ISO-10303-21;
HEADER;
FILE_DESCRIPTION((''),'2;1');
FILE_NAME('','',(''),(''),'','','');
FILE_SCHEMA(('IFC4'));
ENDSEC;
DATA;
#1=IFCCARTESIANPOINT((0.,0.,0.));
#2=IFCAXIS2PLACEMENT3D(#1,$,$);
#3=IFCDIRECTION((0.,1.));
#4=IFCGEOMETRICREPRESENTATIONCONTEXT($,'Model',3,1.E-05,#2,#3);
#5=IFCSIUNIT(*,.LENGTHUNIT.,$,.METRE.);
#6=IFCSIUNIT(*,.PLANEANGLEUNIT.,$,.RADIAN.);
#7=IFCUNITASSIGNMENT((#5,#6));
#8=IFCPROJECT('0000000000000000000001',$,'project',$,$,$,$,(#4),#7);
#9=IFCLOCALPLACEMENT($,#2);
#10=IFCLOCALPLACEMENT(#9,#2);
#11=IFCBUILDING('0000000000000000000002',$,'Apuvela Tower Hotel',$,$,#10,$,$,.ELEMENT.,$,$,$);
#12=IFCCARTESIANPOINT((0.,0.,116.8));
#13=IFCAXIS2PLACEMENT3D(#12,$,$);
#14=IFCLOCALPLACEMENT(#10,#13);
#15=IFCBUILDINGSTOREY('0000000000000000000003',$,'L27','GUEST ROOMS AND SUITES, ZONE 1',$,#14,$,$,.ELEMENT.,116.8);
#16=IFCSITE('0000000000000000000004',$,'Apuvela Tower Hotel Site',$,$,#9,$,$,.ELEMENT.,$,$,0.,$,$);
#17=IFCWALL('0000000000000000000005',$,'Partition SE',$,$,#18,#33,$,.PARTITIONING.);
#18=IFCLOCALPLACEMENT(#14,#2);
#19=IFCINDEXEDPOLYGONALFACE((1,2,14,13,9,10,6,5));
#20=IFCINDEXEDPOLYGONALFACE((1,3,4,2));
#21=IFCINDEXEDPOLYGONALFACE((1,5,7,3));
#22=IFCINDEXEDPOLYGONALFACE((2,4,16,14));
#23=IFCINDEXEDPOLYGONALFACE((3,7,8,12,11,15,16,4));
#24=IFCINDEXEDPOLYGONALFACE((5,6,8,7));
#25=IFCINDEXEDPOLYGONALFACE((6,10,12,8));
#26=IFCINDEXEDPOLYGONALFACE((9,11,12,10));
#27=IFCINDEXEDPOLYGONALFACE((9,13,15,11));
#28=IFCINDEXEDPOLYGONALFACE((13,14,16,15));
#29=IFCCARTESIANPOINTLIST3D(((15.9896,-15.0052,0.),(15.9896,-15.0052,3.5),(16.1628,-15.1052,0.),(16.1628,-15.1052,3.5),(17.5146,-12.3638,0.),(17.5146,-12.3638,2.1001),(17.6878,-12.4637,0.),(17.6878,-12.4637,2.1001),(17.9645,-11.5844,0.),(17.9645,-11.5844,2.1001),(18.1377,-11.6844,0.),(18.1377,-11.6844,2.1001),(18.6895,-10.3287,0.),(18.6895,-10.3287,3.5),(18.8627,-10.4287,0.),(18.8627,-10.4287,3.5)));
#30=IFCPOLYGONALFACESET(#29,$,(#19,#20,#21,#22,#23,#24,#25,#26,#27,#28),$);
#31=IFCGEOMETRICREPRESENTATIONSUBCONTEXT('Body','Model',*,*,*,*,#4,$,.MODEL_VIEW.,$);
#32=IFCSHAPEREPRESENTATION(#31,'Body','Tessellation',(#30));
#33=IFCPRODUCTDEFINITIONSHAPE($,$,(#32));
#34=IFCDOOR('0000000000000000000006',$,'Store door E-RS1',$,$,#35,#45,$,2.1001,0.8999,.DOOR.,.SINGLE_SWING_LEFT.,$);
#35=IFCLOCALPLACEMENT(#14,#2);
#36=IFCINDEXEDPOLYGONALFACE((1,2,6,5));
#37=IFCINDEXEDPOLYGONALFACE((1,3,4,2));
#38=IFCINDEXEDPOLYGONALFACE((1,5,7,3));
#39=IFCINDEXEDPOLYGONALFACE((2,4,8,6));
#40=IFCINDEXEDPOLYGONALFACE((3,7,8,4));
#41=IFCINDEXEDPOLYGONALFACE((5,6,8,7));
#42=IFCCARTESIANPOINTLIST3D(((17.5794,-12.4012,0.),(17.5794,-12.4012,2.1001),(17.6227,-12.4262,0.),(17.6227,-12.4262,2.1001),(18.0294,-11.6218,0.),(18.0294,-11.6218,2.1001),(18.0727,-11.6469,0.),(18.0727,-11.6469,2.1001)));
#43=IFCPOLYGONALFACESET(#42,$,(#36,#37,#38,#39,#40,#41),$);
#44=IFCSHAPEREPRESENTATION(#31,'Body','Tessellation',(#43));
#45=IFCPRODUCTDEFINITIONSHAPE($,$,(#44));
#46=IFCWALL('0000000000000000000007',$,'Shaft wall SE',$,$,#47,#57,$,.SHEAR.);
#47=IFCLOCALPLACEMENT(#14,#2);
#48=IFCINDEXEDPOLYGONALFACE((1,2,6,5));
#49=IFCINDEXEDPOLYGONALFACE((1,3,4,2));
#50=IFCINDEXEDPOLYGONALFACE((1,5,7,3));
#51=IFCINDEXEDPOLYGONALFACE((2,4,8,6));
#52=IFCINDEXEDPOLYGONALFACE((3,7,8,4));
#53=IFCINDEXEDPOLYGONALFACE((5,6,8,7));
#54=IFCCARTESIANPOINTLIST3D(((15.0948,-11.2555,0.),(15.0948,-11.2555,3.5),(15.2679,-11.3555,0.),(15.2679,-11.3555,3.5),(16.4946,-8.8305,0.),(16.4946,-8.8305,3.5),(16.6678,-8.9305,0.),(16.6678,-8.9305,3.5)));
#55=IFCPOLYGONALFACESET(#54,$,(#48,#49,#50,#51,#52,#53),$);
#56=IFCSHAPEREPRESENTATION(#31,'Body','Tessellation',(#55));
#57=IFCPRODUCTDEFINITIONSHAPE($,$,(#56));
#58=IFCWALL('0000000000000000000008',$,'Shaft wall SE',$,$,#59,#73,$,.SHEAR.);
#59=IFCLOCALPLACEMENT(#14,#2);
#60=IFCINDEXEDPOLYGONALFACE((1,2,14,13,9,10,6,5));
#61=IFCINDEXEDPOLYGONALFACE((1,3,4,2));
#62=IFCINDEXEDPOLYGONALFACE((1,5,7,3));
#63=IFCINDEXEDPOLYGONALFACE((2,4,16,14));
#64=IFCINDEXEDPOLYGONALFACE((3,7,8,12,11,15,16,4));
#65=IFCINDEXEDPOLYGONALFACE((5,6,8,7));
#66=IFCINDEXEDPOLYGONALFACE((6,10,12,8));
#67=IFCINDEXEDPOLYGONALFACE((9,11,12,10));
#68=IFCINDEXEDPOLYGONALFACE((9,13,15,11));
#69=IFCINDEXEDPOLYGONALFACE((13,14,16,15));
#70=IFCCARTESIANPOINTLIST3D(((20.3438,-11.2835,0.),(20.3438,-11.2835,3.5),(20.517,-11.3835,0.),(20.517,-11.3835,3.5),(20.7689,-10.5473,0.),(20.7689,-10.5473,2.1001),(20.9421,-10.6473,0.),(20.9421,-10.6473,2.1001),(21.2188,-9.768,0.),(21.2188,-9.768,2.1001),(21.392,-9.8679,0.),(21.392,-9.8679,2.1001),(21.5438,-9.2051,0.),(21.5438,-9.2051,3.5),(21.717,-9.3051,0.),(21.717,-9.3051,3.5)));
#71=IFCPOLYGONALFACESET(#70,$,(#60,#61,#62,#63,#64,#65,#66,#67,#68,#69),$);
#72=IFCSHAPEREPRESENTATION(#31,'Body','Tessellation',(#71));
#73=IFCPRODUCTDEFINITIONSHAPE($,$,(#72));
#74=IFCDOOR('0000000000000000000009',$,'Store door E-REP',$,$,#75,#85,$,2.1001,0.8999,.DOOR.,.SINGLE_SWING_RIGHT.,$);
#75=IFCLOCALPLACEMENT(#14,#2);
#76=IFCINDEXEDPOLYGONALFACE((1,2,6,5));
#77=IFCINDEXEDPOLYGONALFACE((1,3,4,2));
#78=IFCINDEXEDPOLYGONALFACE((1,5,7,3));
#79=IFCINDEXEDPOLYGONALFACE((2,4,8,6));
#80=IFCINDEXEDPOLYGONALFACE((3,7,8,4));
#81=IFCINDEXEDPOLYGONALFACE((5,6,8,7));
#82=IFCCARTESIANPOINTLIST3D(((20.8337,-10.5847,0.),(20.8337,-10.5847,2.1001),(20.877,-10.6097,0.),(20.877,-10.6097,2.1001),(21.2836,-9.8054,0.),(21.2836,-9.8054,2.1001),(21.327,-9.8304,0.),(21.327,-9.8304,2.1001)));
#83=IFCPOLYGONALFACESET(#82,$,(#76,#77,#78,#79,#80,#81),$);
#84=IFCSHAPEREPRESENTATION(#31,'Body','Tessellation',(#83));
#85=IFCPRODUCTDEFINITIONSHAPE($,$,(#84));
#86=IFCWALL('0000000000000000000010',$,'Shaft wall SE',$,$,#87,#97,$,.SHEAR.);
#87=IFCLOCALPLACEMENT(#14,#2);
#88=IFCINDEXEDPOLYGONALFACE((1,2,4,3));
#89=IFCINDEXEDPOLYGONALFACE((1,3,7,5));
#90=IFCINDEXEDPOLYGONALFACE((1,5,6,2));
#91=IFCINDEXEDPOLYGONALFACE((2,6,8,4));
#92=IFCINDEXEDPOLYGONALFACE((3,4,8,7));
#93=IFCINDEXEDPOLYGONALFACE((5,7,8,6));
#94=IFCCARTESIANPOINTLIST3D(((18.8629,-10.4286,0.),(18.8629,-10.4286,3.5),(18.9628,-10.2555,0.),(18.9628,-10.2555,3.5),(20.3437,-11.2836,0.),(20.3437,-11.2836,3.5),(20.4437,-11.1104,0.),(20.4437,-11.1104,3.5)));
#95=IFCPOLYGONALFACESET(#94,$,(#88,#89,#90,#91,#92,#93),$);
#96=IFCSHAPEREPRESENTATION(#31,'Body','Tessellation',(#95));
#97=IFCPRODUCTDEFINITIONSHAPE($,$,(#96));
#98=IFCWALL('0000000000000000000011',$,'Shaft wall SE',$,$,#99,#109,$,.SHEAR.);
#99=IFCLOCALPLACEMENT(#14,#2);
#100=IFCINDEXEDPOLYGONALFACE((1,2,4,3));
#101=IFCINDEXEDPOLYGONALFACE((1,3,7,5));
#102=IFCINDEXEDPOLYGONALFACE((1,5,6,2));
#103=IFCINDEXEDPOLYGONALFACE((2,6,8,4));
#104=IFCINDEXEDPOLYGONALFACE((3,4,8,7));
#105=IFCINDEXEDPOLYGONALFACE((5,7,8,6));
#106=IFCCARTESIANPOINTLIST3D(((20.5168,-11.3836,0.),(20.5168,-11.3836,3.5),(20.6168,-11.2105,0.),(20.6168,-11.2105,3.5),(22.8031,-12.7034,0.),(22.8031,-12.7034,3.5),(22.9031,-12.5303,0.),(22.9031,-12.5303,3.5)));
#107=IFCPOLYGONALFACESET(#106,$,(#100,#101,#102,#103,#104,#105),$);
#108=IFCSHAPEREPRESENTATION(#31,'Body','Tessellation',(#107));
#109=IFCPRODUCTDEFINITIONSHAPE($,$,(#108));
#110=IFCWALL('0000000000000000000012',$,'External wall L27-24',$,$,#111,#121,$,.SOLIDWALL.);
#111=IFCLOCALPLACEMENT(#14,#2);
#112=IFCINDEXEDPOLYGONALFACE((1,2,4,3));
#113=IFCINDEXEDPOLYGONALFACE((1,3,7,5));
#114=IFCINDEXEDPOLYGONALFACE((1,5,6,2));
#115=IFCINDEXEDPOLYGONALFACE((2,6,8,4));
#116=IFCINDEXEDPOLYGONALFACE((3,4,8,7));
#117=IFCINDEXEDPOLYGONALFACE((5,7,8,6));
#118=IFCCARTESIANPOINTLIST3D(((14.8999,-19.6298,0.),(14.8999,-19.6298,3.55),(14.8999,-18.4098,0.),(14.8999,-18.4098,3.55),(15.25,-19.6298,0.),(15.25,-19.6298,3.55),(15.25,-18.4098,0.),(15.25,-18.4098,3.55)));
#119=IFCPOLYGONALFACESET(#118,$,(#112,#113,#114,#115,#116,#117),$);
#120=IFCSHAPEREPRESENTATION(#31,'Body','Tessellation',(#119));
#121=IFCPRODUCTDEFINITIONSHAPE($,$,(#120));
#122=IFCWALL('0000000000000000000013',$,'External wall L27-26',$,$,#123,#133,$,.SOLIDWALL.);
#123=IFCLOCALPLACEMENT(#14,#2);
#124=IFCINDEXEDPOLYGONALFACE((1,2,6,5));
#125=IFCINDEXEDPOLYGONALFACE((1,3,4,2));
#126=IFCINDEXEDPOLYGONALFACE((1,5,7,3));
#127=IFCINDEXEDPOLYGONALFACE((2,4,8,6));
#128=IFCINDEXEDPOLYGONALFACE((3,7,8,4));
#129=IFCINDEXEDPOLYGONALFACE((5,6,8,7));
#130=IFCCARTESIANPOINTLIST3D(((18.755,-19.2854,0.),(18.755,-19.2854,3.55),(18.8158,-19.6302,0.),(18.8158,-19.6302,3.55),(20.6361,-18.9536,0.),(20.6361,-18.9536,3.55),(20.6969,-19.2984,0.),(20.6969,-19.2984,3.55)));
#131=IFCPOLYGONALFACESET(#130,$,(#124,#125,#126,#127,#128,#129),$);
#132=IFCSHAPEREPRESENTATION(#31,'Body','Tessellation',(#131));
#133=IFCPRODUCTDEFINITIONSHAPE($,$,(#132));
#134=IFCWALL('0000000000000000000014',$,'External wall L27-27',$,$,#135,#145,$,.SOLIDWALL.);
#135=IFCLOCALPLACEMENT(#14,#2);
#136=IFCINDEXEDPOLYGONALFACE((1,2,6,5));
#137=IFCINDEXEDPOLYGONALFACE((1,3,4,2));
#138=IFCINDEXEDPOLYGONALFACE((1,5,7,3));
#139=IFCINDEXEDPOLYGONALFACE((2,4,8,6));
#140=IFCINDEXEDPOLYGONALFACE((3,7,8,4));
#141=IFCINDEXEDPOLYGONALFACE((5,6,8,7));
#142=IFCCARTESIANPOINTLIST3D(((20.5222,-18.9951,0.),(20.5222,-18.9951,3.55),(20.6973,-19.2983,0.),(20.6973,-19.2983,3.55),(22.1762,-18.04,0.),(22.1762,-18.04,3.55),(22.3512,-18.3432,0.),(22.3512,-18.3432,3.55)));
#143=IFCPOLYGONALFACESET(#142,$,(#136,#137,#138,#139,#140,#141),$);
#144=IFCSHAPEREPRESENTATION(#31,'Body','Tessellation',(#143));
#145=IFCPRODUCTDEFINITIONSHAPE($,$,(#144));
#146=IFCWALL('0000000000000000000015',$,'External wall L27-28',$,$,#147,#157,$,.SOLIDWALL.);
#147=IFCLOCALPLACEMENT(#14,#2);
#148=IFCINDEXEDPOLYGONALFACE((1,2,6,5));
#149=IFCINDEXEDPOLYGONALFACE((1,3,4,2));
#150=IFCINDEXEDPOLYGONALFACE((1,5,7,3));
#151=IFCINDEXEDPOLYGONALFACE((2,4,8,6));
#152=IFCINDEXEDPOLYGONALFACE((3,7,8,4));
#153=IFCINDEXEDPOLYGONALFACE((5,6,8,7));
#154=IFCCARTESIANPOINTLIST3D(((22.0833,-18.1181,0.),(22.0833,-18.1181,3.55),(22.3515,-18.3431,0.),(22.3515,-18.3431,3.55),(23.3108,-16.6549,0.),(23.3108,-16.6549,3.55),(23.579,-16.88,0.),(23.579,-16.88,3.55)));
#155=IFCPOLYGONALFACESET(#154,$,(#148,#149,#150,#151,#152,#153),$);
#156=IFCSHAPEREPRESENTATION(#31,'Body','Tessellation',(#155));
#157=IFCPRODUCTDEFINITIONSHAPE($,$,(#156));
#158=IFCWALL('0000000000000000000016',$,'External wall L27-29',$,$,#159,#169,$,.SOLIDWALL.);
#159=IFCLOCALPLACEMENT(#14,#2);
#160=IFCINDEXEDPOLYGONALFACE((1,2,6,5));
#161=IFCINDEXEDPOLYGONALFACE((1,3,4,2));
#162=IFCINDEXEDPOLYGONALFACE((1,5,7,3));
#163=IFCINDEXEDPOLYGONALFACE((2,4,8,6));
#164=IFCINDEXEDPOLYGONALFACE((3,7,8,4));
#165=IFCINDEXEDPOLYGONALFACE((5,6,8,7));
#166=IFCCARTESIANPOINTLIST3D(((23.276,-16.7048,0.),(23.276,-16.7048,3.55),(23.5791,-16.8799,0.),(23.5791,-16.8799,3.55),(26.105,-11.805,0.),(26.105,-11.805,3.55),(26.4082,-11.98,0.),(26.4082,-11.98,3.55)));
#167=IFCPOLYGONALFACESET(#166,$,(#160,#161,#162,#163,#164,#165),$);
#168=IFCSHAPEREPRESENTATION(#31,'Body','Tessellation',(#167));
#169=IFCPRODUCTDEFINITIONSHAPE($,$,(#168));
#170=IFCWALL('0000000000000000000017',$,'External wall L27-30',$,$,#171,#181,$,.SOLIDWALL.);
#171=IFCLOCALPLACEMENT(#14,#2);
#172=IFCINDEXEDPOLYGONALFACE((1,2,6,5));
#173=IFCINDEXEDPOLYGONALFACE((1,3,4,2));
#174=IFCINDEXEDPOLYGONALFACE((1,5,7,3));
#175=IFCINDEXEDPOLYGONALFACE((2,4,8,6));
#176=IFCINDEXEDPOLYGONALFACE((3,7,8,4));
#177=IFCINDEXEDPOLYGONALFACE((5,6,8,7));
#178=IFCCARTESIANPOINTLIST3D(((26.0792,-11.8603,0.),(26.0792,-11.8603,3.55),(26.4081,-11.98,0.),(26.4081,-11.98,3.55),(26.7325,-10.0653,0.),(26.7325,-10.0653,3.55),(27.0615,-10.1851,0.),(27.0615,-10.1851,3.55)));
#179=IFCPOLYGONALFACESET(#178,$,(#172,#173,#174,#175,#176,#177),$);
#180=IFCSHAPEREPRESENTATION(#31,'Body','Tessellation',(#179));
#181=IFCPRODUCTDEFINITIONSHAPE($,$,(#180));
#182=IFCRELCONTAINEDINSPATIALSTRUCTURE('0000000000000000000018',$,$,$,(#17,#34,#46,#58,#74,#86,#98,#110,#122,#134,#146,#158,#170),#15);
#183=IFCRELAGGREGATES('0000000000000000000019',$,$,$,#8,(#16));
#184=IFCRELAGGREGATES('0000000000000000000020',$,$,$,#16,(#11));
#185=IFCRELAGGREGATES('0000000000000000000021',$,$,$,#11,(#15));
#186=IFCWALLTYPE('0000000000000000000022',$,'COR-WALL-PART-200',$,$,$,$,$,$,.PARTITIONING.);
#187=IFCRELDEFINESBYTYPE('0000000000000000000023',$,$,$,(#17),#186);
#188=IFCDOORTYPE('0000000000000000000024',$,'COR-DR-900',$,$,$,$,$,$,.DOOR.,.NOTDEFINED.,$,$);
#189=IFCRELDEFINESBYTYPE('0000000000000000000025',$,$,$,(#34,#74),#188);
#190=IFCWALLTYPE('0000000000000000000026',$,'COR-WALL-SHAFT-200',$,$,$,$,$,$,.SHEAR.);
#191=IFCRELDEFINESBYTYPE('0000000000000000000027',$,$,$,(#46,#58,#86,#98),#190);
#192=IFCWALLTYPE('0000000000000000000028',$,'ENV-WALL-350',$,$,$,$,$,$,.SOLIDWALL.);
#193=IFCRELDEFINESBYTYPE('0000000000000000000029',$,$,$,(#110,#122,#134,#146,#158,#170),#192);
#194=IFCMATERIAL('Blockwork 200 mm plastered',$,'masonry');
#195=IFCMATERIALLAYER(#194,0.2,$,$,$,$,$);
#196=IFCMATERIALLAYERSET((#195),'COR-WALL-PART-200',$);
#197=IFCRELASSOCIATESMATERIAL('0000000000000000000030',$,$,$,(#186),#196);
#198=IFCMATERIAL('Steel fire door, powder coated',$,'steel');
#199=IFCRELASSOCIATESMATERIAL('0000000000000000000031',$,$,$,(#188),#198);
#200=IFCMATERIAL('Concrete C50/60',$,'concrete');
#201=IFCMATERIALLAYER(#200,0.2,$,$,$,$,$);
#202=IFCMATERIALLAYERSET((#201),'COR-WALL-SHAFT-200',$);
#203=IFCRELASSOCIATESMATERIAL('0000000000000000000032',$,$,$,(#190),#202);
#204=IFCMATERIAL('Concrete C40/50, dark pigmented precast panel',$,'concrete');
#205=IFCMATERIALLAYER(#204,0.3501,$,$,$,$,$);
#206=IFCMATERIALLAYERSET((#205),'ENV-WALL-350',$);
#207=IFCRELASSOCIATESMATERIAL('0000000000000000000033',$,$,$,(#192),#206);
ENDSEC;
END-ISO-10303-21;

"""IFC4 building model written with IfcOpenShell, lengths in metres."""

from ifc_helpers import new_model, si_unit, direction, frame, frame_2d, origin, place, context, subcontext, project, spatial, rectangle, extrude, material, layer, layer_set, type_object, element, fill, save


model = new_model("IFC4")

# Units and contexts
model_context = context("Model", 3, precision=1e-05, world=origin(), true_north=direction((0.0, 1.0)))
body_context = subcontext(model_context, "Body", "Model", "MODEL_VIEW")
ifc_project = project(units=[si_unit("LENGTHUNIT", "METRE"), si_unit("PLANEANGLEUNIT", "RADIAN")], contexts=[model_context])

# Site, building, storey
site_placement = place(None, origin())
site = spatial("IfcSite", under=ifc_project, at=site_placement, Name="Apuvela Tower Hotel Site", CompositionType="ELEMENT", RefElevation=0.0)
building_placement = place(site_placement, origin())
building = spatial("IfcBuilding", under=site, at=building_placement, Name="Apuvela Tower Hotel", CompositionType="ELEMENT")
storey_placement = place(building_placement, frame((0.0, 0.0, 116.8)))
storey = spatial("IfcBuildingStorey", under=building, at=storey_placement, Name="L27", Description="GUEST ROOMS AND SUITES, ZONE 1", CompositionType="ELEMENT", Elevation=116.8)

# Wall, opening, door
ifc_material_1 = material(Name="Blockwork 200 mm plastered", Category="masonry")
ifc_layer_1 = layer(ifc_material_1, 0.2)
ifc_layer_set_1 = layer_set([ifc_layer_1], Name="COR-WALL-PART-200")
wall_type_1 = type_object("IfcWallType", Name="COR-WALL-PART-200", PredefinedType="PARTITIONING", material=ifc_layer_set_1)
wall_1_placement = place(storey_placement, frame((16.0762, -15.0552, 0.0), z_axis=(0.0, 0.0, 1.0), x_axis=(0.499995, 0.866028, 0.0)))
wall_1 = element("IfcWall", 1, at=wall_1_placement, inside=storey, type_object=wall_type_1, Name="Partition SE", PredefinedType="PARTITIONING", context=body_context, shape_type="SweptSolid", body=[
    extrude(rectangle(XDim=5.3999, YDim=0.2, at=frame_2d((2.7, 0.0))), origin(), (0.0, 0.0, 1.0), 3.5),
])
opening_1_placement = place(wall_1_placement, frame((3.05, 0.0, 0.0)))
opening_1 = element("IfcOpeningElement", 2, at=opening_1_placement, cuts=wall_1, PredefinedType="OPENING", context=body_context, shape_type="SweptSolid", body=[
    extrude(rectangle(XDim=0.8999, YDim=2.1001, at=frame_2d((0.45, 1.05))), frame((0.0, 0.1099, 0.0), z_axis=(0.0, -1.0, 0.0), x_axis=(1.0, 0.0, 0.0)), (0.0, 0.0, 1.0), 0.22),
])
ifc_material_2 = material(Name="Steel fire door, powder coated", Category="steel")
door_type_1 = type_object("IfcDoorType", Name="COR-DR-900", OperationType="NOTDEFINED", PredefinedType="DOOR", material=ifc_material_2)
door_1_placement = place(opening_1_placement, frame((0.8999, 0.0, 0.0), z_axis=(0.0, 0.0, 1.0), x_axis=(-1.0, 0.0, 0.0)))
door_1 = element("IfcDoor", 3, at=door_1_placement, inside=storey, type_object=door_type_1, Name="Store door E-RS1", OperationType="SINGLE_SWING_LEFT", OverallHeight=2.1001, OverallWidth=0.8999, PredefinedType="DOOR", context=body_context, shape_type="SweptSolid", body=[
    extrude(rectangle(XDim=0.8999, YDim=2.1001, at=frame_2d((0.45, 1.05))), frame((0.0, 0.0249, 0.0), z_axis=(0.0, -1.0, 0.0), x_axis=(1.0, 0.0, 0.0)), (0.0, 0.0, 1.0), 0.05),
])
fill(opening_1, door_1)

# Wall
ifc_material_3 = material(Name="Concrete C50/60", Category="concrete")
ifc_layer_2 = layer(ifc_material_3, 0.2)
ifc_layer_set_2 = layer_set([ifc_layer_2], Name="COR-WALL-SHAFT-200")
wall_type_2 = type_object("IfcWallType", Name="COR-WALL-SHAFT-200", PredefinedType="SHEAR", material=ifc_layer_set_2)
wall_2_placement = place(storey_placement, frame((15.1814, -11.3054, 0.0), z_axis=(0.0, 0.0, 1.0), x_axis=(0.499946, 0.866056, 0.0)))
element("IfcWall", 4, at=wall_2_placement, inside=storey, type_object=wall_type_2, Name="Shaft wall SE", PredefinedType="SHEAR", context=body_context, shape_type="SweptSolid", body=[
    extrude(rectangle(XDim=2.8, YDim=0.2, at=frame_2d((1.3999, 0.0))), origin(), (0.0, 0.0, 1.0), 3.5),
])

# Wall, opening, door
wall_3_placement = place(storey_placement, frame((20.4304, -11.3335, 0.0), z_axis=(0.0, 0.0, 1.0), x_axis=(0.500001, 0.866025, 0.0)))
wall_3 = element("IfcWall", 5, at=wall_3_placement, inside=storey, type_object=wall_type_2, Name="Shaft wall SE", PredefinedType="SHEAR", context=body_context, shape_type="SweptSolid", body=[
    extrude(rectangle(XDim=2.3999, YDim=0.2, at=frame_2d((1.2, 0.0))), origin(), (0.0, 0.0, 1.0), 3.5),
])
opening_2_placement = place(wall_3_placement, frame((0.8501, 0.0, 0.0)))
opening_2 = element("IfcOpeningElement", 6, at=opening_2_placement, cuts=wall_3, PredefinedType="OPENING", context=body_context, shape_type="SweptSolid", body=[
    extrude(rectangle(XDim=0.8999, YDim=2.1001, at=frame_2d((0.45, 1.05))), frame((0.0, 0.1099, 0.0), z_axis=(0.0, -1.0, 0.0), x_axis=(1.0, 0.0, 0.0)), (0.0, 0.0, 1.0), 0.22),
])
door_2_placement = place(opening_2_placement, frame((0.8999, 0.0, 0.0), z_axis=(0.0, 0.0, 1.0), x_axis=(-1.0, 0.0, 0.0)))
door_2 = element("IfcDoor", 7, at=door_2_placement, inside=storey, type_object=door_type_1, Name="Store door E-REP", OperationType="SINGLE_SWING_RIGHT", OverallHeight=2.1001, OverallWidth=0.8999, PredefinedType="DOOR", context=body_context, shape_type="SweptSolid", body=[
    extrude(rectangle(XDim=0.8999, YDim=2.1001, at=frame_2d((0.45, 1.05))), frame((0.0, 0.0249, 0.0), z_axis=(0.0, -1.0, 0.0), x_axis=(1.0, 0.0, 0.0)), (0.0, 0.0, 1.0), 0.05),
])
fill(opening_2, door_2)

# Walls
wall_4_placement = place(storey_placement, frame((18.9128, -10.342, 0.0), z_axis=(0.0, 0.0, 1.0), x_axis=(0.866038, -0.499978, 0.0)))
element("IfcWall", 8, at=wall_4_placement, inside=storey, type_object=wall_type_2, Name="Shaft wall SE", PredefinedType="SHEAR", context=body_context, shape_type="SweptSolid", body=[
    extrude(rectangle(XDim=1.71, YDim=0.2, at=frame_2d((0.855, 0.0))), origin(), (0.0, 0.0, 1.0), 3.5),
])
wall_5_placement = place(storey_placement, frame((20.5669, -11.2971, 0.0), z_axis=(0.0, 0.0, 1.0), x_axis=(0.866061, -0.499939, 0.0)))
element("IfcWall", 9, at=wall_5_placement, inside=storey, type_object=wall_type_2, Name="Shaft wall SE", PredefinedType="SHEAR", context=body_context, shape_type="SweptSolid", body=[
    extrude(rectangle(XDim=2.6399, YDim=0.2, at=frame_2d((1.3198, 0.0))), origin(), (0.0, 0.0, 1.0), 3.5),
])
ifc_material_4 = material(Name="Concrete C40/50, dark pigmented precast panel", Category="concrete")
ifc_layer_3 = layer(ifc_material_4, 0.3501)
ifc_layer_set_3 = layer_set([ifc_layer_3], Name="ENV-WALL-350")
wall_type_3 = type_object("IfcWallType", Name="ENV-WALL-350", PredefinedType="SOLIDWALL", material=ifc_layer_set_3)
wall_6_placement = place(storey_placement, frame((15.075, -18.4099, 0.0), z_axis=(0.0, 0.0, 1.0), x_axis=(0.0, -1.0, 0.0)))
element("IfcWall", 10, at=wall_6_placement, inside=storey, type_object=wall_type_3, Name="External wall L27-24", PredefinedType="SOLIDWALL", context=body_context, shape_type="SweptSolid", body=[
    extrude(rectangle(XDim=1.22, YDim=0.3501, at=frame_2d((0.6099, 0.0))), origin(), (0.0, 0.0, 1.0), 3.55),
])
wall_7_placement = place(storey_placement, frame((18.7854, -19.4578, 0.0), z_axis=(0.0, 0.0, 1.0), x_axis=(0.984799, 0.173698, 0.0)))
element("IfcWall", 11, at=wall_7_placement, inside=storey, type_object=wall_type_3, Name="External wall L27-26", PredefinedType="SOLIDWALL", context=body_context, shape_type="SweptSolid", body=[
    extrude(rectangle(XDim=1.9102, YDim=0.3501, at=frame_2d((0.9551, 0.0))), origin(), (0.0, 0.0, 1.0), 3.55),
])
for number, where, z_axis, x_axis, name in (
    (12, (20.6096, -19.1467, 0.0), (0.0, 0.0, 1.0), (0.866, 0.500043, 0.0), "External wall L27-27"),
    (13, (22.2173, -18.2307, 0.0), (0.0, 0.0, 1.0), (0.642733, 0.76609, 0.0), "External wall L27-28"),
):
    element("IfcWall", number, at=place(storey_placement, frame(where, z_axis=z_axis, x_axis=x_axis)), inside=storey, type_object=wall_type_3, Name=name, PredefinedType="SOLIDWALL", context=body_context, shape_type="SweptSolid", body=[
        extrude(rectangle(XDim=1.9099, YDim=0.3501, at=frame_2d((0.9551, 0.0))), origin(), (0.0, 0.0, 1.0), 3.55),
    ])
wall_8_placement = place(storey_placement, frame((23.4275, -16.7925, 0.0), z_axis=(0.0, 0.0, 1.0), x_axis=(0.500019, 0.866015, 0.0)))
element("IfcWall", 14, at=wall_8_placement, inside=storey, type_object=wall_type_3, Name="External wall L27-29", PredefinedType="SOLIDWALL", context=body_context, shape_type="SweptSolid", body=[
    extrude(rectangle(XDim=5.658, YDim=0.3501, at=frame_2d((2.8291, 0.0))), origin(), (0.0, 0.0, 1.0), 3.55),
])
wall_9_placement = place(storey_placement, frame((26.2437, -11.9202, 0.0), z_axis=(0.0, 0.0, 1.0), x_axis=(0.34203, 0.939689, 0.0)))
element("IfcWall", 15, at=wall_9_placement, inside=storey, type_object=wall_type_3, Name="External wall L27-30", PredefinedType="SOLIDWALL", context=body_context, shape_type="SweptSolid", body=[
    extrude(rectangle(XDim=1.9102, YDim=0.3501, at=frame_2d((0.9551, 0.0))), origin(), (0.0, 0.0, 1.0), 3.55),
])

save(model, "model.ifc")
